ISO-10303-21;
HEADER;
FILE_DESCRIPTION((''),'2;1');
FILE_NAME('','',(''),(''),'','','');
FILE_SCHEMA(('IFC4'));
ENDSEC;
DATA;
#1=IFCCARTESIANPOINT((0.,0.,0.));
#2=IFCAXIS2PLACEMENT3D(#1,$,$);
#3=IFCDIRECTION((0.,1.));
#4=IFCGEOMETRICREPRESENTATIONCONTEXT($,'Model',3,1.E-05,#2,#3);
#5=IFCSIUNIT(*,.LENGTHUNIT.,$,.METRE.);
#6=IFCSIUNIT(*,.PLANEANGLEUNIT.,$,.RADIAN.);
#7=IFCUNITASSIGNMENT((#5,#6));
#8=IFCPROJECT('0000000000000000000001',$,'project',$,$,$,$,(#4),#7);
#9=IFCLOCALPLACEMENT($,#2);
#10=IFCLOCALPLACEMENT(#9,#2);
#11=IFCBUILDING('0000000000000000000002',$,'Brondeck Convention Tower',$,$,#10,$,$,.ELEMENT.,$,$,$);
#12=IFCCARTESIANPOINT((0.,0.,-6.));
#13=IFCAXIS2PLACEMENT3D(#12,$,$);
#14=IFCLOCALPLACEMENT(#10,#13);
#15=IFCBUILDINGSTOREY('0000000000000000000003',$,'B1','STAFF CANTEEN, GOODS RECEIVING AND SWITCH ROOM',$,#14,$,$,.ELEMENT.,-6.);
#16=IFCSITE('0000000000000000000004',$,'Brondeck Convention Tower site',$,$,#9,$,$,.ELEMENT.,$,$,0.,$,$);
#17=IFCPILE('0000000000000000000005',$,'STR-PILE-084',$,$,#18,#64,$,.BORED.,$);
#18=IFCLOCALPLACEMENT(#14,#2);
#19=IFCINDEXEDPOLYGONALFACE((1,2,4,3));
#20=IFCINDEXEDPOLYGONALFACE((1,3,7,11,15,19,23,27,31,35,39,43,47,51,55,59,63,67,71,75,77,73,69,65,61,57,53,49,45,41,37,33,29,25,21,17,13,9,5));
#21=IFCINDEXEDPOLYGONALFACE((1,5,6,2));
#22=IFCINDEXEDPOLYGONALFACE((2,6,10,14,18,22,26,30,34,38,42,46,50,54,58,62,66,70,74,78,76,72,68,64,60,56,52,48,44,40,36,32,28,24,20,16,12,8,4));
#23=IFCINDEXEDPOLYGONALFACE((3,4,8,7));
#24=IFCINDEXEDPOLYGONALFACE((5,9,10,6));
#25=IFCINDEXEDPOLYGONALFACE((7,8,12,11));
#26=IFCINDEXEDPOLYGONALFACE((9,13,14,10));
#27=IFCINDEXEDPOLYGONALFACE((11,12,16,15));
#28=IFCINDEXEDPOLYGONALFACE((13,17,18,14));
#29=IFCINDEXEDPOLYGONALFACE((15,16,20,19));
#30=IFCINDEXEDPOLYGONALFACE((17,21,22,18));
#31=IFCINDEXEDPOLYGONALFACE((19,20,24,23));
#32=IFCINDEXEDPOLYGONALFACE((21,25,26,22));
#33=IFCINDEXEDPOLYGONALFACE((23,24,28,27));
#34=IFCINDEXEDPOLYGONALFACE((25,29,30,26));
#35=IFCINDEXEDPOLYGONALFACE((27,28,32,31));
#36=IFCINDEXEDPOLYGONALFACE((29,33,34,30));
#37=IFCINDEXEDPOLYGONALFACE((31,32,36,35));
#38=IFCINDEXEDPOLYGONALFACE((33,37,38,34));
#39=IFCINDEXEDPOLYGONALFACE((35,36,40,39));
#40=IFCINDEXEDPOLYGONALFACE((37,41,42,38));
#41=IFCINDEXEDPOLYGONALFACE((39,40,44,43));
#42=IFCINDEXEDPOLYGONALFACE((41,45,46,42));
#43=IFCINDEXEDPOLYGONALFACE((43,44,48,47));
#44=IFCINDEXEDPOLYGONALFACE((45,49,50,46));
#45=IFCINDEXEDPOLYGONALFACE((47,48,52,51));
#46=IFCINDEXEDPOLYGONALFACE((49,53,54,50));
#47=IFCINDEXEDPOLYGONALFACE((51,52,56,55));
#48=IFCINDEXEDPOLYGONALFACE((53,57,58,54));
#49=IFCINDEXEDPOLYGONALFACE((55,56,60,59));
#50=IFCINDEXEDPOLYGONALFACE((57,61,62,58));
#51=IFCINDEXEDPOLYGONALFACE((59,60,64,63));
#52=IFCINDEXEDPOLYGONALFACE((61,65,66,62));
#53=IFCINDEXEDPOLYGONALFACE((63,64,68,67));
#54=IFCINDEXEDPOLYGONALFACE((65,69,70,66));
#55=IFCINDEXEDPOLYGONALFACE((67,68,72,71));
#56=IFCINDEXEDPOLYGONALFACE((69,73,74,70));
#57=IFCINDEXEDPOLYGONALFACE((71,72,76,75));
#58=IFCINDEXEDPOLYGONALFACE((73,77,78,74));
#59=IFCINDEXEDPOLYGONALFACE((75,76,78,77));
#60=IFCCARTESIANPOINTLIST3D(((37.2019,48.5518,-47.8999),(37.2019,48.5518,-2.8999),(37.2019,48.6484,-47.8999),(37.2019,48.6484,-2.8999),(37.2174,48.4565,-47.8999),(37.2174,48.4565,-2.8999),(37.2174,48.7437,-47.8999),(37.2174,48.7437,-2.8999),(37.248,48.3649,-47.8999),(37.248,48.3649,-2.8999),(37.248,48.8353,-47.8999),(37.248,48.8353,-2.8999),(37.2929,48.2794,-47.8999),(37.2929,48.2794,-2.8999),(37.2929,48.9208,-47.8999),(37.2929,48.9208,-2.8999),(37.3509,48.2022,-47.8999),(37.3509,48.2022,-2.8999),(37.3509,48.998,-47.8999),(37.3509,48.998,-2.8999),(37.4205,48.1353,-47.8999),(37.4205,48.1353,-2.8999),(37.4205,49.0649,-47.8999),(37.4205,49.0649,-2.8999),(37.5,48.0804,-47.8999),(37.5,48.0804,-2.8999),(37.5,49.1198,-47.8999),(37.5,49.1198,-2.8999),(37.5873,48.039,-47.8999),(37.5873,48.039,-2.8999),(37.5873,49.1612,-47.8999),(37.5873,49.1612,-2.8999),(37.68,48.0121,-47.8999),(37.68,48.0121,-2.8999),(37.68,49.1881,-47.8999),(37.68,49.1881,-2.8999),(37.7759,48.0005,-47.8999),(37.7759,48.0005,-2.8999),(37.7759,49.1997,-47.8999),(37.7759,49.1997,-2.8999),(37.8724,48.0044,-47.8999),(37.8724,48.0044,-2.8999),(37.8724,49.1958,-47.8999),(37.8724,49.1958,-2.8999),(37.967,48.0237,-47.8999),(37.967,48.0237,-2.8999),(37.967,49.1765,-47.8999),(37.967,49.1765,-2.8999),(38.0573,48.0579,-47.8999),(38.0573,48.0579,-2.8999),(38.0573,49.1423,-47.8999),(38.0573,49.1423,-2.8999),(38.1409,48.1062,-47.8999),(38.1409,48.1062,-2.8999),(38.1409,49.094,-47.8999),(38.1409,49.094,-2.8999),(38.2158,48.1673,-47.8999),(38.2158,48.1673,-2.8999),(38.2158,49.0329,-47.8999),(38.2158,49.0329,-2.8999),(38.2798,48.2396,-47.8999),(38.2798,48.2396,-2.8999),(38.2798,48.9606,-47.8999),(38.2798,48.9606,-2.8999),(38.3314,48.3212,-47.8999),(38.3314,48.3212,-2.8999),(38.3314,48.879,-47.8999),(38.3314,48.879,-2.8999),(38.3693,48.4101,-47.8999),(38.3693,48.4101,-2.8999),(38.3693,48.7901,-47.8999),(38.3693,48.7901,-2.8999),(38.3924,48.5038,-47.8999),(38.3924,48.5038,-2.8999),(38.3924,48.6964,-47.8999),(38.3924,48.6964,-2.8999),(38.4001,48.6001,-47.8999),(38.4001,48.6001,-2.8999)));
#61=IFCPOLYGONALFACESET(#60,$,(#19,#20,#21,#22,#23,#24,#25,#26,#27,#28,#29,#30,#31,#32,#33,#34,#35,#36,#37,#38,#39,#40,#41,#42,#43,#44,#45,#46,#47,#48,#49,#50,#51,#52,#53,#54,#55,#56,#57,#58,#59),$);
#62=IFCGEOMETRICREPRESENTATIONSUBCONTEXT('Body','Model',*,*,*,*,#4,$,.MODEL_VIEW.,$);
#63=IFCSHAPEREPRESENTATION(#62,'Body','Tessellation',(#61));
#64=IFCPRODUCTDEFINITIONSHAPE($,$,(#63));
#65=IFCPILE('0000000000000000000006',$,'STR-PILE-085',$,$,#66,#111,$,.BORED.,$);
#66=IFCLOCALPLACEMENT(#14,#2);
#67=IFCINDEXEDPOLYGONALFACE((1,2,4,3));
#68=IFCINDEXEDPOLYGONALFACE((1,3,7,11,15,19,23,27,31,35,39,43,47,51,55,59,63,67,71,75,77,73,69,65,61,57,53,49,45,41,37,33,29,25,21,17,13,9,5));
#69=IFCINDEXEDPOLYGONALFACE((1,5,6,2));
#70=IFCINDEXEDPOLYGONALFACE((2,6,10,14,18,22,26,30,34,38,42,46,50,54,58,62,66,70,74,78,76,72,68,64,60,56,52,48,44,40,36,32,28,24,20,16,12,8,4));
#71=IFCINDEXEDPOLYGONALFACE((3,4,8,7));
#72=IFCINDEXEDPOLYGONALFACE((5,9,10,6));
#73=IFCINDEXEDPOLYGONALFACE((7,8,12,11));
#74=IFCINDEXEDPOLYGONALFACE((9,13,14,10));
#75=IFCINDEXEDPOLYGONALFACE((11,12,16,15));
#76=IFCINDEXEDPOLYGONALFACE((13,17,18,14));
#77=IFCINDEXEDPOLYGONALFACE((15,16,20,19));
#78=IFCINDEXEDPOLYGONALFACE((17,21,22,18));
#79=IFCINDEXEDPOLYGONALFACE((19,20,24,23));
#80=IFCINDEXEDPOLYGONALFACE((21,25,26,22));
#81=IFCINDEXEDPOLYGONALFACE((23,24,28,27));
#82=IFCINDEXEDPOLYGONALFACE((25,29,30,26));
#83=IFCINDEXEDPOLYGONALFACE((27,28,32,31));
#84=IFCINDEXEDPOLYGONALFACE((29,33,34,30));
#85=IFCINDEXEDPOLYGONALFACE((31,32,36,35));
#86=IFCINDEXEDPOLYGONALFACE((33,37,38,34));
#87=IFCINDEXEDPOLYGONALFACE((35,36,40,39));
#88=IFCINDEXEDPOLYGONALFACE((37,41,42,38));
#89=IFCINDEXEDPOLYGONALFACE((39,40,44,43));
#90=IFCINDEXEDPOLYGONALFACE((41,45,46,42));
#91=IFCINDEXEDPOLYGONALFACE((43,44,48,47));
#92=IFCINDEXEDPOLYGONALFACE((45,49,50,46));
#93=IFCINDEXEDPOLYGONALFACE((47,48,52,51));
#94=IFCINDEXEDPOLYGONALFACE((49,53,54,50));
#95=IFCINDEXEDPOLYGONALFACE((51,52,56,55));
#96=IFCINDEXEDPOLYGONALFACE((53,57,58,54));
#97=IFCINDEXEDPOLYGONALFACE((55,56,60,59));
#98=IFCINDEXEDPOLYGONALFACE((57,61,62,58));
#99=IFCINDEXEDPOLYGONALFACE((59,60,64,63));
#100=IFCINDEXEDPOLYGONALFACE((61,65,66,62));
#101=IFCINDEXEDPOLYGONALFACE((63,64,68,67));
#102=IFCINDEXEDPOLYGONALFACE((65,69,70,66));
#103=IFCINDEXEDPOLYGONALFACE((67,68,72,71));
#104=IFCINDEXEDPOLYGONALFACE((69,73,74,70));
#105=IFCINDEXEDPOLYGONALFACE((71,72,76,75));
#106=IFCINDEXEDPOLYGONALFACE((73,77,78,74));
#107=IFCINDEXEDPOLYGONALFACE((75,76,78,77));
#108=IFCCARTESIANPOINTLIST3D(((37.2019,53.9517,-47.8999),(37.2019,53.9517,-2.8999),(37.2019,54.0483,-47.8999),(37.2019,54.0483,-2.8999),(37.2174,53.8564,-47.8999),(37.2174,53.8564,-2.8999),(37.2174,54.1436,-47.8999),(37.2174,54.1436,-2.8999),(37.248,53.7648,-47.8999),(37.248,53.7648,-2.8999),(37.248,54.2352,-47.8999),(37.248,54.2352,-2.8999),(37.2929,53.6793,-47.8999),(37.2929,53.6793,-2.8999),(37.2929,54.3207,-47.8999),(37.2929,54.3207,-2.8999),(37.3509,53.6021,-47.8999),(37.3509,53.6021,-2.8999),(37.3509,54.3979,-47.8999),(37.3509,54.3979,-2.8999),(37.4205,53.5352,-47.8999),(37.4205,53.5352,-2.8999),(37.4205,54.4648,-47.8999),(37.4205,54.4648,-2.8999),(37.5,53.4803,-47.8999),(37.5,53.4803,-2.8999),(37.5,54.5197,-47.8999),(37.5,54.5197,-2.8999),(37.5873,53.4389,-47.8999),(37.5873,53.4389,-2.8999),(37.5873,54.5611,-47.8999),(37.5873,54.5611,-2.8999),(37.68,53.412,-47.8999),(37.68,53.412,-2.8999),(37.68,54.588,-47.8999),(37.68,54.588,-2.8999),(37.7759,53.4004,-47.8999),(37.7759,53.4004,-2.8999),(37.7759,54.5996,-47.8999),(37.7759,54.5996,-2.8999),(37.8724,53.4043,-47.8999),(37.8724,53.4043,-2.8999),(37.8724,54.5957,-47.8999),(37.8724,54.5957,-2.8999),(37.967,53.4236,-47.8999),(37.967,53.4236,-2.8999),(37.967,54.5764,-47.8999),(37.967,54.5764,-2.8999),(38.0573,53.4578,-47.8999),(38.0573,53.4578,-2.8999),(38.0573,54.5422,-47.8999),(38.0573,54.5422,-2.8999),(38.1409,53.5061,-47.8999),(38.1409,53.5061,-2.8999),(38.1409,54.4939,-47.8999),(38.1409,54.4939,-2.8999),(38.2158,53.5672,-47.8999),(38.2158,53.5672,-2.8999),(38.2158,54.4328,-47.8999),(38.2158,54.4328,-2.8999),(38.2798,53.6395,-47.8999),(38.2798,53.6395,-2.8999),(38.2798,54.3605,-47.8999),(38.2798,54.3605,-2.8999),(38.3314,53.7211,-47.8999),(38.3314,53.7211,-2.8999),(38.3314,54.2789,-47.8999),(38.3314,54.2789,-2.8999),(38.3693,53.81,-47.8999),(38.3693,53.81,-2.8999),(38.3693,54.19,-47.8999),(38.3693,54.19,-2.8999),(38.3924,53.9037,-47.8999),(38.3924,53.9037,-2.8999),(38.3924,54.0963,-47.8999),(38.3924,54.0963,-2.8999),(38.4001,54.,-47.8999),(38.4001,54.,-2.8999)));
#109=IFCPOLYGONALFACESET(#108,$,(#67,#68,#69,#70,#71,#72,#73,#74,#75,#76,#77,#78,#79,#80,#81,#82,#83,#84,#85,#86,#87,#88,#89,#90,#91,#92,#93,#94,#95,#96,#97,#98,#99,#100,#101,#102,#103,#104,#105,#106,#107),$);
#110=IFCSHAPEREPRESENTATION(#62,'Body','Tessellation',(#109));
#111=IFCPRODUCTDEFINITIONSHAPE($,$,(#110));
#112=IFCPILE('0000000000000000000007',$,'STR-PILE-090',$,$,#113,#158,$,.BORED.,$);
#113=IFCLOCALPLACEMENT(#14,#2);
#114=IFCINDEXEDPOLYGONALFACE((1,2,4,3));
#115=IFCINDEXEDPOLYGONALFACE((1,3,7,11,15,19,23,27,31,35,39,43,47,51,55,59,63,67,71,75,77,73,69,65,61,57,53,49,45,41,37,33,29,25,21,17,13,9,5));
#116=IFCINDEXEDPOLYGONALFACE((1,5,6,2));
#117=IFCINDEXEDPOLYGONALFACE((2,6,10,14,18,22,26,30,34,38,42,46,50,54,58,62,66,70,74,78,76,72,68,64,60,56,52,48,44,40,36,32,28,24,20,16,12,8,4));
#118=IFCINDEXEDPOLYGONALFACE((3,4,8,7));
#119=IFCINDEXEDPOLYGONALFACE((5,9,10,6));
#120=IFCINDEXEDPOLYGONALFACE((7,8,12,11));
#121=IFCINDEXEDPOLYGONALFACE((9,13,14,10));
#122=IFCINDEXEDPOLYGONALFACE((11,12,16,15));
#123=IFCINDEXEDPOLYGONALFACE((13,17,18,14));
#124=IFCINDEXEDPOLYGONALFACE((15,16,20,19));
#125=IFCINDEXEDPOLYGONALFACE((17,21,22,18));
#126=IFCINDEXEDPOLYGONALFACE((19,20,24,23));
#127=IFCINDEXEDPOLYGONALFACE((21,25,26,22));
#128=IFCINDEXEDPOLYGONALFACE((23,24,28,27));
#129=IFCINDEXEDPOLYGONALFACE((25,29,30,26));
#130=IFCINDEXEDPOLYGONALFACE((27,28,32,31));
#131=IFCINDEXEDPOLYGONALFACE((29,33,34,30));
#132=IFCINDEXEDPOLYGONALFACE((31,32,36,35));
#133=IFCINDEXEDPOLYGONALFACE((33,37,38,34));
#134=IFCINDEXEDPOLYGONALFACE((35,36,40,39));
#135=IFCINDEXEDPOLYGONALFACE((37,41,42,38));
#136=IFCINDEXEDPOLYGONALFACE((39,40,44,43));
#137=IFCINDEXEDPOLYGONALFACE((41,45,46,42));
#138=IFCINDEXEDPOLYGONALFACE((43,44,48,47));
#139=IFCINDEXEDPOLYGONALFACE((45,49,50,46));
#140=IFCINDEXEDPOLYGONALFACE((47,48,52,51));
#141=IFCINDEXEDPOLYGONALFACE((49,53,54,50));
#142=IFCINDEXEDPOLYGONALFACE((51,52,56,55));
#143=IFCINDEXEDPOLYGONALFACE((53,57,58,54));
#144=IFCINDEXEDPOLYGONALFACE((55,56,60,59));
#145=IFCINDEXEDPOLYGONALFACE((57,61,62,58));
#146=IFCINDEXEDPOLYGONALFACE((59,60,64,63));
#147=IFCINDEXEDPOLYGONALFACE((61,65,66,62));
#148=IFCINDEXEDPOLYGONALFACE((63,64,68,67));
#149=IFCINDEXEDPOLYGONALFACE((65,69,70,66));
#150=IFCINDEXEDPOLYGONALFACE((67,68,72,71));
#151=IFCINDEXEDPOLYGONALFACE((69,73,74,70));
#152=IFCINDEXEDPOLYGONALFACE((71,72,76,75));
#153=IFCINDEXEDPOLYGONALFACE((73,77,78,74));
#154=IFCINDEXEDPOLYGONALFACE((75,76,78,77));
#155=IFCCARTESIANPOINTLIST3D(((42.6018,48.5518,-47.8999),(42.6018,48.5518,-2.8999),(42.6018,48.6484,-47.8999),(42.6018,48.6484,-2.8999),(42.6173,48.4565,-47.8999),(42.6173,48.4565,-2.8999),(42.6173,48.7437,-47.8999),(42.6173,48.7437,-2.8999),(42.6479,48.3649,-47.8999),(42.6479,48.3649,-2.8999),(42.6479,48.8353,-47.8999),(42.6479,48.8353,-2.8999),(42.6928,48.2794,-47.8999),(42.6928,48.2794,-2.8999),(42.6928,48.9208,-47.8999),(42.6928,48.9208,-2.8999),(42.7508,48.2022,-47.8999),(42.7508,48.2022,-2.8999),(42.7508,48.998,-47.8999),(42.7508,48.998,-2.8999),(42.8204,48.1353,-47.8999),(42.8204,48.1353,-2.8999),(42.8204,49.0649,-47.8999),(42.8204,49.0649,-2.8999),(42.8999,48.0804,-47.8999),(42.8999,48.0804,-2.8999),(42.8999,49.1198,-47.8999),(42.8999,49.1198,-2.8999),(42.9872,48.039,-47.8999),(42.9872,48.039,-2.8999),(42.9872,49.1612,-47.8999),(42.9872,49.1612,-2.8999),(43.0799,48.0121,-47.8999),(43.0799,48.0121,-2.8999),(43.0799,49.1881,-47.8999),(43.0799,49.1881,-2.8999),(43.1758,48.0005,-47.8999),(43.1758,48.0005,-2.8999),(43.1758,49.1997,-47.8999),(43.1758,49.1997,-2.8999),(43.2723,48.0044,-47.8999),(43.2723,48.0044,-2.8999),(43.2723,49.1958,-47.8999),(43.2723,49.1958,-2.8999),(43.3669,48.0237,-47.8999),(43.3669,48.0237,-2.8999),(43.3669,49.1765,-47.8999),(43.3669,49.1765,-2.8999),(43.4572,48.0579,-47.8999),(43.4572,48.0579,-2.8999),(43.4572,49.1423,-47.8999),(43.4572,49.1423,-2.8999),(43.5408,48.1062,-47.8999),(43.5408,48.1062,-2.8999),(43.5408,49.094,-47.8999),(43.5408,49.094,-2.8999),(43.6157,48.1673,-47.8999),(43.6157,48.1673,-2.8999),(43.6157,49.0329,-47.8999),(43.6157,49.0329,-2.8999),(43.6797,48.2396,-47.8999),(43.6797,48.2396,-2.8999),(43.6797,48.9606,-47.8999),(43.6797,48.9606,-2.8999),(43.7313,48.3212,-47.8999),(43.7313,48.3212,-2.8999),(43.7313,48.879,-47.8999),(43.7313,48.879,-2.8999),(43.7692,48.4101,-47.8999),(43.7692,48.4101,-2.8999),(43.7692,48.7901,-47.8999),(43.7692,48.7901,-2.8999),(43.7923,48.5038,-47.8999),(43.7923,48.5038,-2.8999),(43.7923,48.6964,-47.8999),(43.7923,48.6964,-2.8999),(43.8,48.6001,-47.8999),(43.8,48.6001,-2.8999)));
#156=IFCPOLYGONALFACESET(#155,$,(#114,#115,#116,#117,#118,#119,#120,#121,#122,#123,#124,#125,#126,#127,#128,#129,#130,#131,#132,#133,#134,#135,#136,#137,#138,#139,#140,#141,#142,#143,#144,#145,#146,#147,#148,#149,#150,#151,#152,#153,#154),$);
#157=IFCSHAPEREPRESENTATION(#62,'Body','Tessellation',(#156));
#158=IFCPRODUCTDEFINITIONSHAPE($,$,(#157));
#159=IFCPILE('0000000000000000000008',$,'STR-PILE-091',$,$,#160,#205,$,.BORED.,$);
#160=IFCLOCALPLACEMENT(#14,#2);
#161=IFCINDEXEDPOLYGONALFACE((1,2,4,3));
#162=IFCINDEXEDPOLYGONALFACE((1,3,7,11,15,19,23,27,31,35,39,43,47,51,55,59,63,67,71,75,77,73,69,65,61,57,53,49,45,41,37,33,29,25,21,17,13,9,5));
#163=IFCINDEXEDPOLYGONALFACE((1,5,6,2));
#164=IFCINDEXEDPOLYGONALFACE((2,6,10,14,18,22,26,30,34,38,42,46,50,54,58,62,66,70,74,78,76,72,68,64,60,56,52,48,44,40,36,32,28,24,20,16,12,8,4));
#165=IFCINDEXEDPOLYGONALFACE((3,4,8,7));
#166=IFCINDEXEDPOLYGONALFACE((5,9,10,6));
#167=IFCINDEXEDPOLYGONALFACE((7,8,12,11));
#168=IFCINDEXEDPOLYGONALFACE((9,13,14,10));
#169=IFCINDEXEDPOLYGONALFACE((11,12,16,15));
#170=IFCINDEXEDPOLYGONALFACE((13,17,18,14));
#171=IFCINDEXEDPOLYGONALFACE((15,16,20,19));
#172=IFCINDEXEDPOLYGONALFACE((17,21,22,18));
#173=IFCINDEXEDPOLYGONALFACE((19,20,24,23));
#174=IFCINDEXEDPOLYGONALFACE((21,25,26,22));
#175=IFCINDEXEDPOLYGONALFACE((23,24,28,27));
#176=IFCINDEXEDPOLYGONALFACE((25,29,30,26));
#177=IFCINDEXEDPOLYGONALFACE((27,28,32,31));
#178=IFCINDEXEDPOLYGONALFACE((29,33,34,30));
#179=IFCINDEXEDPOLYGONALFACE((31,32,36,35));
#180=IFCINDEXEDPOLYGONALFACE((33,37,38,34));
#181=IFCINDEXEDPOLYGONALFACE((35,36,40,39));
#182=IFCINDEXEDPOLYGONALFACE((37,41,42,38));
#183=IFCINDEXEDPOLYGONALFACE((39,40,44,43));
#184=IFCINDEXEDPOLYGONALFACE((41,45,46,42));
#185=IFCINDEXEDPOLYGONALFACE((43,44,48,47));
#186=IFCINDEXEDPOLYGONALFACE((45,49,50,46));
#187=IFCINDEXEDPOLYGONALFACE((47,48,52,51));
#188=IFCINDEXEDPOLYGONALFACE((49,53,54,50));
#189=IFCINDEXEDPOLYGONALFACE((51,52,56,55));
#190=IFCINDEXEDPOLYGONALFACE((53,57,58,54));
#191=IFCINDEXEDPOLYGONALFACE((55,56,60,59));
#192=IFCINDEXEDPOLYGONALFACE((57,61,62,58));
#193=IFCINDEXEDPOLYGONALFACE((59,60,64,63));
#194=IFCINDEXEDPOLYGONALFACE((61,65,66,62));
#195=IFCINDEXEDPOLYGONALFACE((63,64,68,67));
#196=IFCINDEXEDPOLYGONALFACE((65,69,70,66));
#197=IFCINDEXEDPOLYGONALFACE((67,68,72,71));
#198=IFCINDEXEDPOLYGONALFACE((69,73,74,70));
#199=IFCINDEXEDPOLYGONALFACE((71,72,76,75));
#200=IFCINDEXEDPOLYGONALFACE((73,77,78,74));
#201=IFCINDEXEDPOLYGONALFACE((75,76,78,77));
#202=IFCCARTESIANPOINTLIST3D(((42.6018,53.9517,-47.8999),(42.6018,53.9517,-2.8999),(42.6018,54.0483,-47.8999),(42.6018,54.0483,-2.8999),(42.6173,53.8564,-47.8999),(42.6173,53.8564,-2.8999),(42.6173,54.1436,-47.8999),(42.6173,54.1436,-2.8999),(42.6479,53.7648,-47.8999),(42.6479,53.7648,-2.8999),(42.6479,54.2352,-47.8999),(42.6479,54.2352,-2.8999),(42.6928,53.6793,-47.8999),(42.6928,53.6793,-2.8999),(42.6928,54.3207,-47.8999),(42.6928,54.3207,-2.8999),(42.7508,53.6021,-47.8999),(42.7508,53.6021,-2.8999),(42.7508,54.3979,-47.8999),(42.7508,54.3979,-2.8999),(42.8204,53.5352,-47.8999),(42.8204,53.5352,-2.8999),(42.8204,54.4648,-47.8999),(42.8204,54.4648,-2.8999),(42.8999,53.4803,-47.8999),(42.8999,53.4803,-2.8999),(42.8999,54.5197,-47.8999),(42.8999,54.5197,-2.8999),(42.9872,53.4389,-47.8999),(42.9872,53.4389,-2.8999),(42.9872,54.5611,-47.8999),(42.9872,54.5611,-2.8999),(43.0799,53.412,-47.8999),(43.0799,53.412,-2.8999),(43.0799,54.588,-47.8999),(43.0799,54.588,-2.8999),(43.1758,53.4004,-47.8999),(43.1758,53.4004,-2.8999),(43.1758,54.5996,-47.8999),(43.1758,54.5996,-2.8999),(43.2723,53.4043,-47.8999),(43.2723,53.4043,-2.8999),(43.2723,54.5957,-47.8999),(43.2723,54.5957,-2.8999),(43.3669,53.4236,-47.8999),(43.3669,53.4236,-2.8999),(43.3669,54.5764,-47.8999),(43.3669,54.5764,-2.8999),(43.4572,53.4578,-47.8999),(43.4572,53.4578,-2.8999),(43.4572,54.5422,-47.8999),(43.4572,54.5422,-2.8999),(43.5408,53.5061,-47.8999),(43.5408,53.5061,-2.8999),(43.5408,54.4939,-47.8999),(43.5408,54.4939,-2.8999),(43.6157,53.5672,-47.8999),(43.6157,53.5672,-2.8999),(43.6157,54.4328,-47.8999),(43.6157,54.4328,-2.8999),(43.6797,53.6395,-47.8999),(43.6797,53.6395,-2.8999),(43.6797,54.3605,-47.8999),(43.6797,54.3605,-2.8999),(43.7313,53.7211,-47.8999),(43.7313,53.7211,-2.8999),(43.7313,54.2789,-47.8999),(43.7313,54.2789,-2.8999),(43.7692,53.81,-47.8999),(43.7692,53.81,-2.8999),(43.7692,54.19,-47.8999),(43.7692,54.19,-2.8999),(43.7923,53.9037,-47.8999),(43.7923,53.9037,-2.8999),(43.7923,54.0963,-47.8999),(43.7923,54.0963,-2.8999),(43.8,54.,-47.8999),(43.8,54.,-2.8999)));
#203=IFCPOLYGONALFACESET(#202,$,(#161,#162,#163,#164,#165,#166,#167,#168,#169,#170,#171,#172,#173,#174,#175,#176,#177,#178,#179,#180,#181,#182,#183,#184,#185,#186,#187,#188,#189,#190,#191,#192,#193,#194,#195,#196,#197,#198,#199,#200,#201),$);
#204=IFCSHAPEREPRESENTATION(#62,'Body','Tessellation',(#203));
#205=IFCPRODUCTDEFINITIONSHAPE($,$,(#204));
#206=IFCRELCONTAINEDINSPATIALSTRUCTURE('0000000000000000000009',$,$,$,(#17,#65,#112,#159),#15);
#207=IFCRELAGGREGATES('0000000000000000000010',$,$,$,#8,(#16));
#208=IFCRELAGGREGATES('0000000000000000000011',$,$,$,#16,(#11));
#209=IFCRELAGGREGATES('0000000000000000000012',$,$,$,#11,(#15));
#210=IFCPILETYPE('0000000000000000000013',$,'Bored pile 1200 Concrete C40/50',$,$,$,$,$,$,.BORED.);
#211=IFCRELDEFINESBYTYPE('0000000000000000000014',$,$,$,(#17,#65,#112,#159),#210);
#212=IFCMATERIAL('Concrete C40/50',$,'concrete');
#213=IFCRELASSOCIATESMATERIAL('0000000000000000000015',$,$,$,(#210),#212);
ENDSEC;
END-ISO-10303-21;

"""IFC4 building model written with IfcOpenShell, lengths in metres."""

from ifc_helpers import new_model, si_unit, direction, frame, origin, origin_2d, place, context, subcontext, project, spatial, circle, extrude, material, material_profile, profile_set, type_object, element, save


model = new_model("IFC4")

# Units and contexts
model_context = context("Model", 3, precision=1e-05, world=origin(), true_north=direction((0.0, 1.0)))
body_context = subcontext(model_context, "Body", "Model", "MODEL_VIEW")
ifc_project = project(units=[si_unit("LENGTHUNIT", "METRE"), si_unit("PLANEANGLEUNIT", "RADIAN")], contexts=[model_context])

# Site, building, storey
site_placement = place(None, origin())
site = spatial("IfcSite", under=ifc_project, at=site_placement, Name="Brondeck Convention Tower site", CompositionType="ELEMENT", RefElevation=0.0)
building_placement = place(site_placement, origin())
building = spatial("IfcBuilding", under=site, at=building_placement, Name="Brondeck Convention Tower", CompositionType="ELEMENT")
storey_placement = place(building_placement, frame((0.0, 0.0, -6.0)))
storey = spatial("IfcBuildingStorey", under=building, at=storey_placement, Name="B1", Description="STAFF CANTEEN, GOODS RECEIVING AND SWITCH ROOM", CompositionType="ELEMENT", Elevation=-6.0)

# Piles
ifc_material_1 = material(Name="Concrete C40/50", Category="concrete")
ifc_material_profile_1 = material_profile(ifc_material_1, circle(Radius=0.6001, at=origin_2d()), Name="Bored pile 1200 Concrete C40/50")
ifc_profile_set_1 = profile_set([ifc_material_profile_1], Name="Concrete C40/50")
pile_type = type_object("IfcPileType", Name="Bored pile 1200 Concrete C40/50", PredefinedType="BORED", material=ifc_profile_set_1)
for number, where, z_axis, x_axis, name in (
    (1, (37.8, 48.6001, -2.8999), (0.0, 0.0, -1.0), (1.0, 0.0, 0.0), "STR-PILE-084"),
    (2, (37.8, 54.0, -2.8999), (0.0, 0.0, -1.0), (1.0, 0.0, 0.0), "STR-PILE-085"),
    (3, (43.2, 48.6001, -2.8999), (0.0, 0.0, -1.0), (1.0, 0.0, 0.0), "STR-PILE-090"),
    (4, (43.2, 54.0, -2.8999), (0.0, 0.0, -1.0), (1.0, 0.0, 0.0), "STR-PILE-091"),
):
    element("IfcPile", number, at=place(storey_placement, frame(where, z_axis=z_axis, x_axis=x_axis)), inside=storey, type_object=pile_type, Name=name, PredefinedType="BORED", context=body_context, shape_type="SweptSolid", body=[
        extrude(circle(Radius=0.6001, at=origin_2d()), origin(), (0.0, 0.0, 1.0), 45.0),
    ])

save(model, "model.ifc")
